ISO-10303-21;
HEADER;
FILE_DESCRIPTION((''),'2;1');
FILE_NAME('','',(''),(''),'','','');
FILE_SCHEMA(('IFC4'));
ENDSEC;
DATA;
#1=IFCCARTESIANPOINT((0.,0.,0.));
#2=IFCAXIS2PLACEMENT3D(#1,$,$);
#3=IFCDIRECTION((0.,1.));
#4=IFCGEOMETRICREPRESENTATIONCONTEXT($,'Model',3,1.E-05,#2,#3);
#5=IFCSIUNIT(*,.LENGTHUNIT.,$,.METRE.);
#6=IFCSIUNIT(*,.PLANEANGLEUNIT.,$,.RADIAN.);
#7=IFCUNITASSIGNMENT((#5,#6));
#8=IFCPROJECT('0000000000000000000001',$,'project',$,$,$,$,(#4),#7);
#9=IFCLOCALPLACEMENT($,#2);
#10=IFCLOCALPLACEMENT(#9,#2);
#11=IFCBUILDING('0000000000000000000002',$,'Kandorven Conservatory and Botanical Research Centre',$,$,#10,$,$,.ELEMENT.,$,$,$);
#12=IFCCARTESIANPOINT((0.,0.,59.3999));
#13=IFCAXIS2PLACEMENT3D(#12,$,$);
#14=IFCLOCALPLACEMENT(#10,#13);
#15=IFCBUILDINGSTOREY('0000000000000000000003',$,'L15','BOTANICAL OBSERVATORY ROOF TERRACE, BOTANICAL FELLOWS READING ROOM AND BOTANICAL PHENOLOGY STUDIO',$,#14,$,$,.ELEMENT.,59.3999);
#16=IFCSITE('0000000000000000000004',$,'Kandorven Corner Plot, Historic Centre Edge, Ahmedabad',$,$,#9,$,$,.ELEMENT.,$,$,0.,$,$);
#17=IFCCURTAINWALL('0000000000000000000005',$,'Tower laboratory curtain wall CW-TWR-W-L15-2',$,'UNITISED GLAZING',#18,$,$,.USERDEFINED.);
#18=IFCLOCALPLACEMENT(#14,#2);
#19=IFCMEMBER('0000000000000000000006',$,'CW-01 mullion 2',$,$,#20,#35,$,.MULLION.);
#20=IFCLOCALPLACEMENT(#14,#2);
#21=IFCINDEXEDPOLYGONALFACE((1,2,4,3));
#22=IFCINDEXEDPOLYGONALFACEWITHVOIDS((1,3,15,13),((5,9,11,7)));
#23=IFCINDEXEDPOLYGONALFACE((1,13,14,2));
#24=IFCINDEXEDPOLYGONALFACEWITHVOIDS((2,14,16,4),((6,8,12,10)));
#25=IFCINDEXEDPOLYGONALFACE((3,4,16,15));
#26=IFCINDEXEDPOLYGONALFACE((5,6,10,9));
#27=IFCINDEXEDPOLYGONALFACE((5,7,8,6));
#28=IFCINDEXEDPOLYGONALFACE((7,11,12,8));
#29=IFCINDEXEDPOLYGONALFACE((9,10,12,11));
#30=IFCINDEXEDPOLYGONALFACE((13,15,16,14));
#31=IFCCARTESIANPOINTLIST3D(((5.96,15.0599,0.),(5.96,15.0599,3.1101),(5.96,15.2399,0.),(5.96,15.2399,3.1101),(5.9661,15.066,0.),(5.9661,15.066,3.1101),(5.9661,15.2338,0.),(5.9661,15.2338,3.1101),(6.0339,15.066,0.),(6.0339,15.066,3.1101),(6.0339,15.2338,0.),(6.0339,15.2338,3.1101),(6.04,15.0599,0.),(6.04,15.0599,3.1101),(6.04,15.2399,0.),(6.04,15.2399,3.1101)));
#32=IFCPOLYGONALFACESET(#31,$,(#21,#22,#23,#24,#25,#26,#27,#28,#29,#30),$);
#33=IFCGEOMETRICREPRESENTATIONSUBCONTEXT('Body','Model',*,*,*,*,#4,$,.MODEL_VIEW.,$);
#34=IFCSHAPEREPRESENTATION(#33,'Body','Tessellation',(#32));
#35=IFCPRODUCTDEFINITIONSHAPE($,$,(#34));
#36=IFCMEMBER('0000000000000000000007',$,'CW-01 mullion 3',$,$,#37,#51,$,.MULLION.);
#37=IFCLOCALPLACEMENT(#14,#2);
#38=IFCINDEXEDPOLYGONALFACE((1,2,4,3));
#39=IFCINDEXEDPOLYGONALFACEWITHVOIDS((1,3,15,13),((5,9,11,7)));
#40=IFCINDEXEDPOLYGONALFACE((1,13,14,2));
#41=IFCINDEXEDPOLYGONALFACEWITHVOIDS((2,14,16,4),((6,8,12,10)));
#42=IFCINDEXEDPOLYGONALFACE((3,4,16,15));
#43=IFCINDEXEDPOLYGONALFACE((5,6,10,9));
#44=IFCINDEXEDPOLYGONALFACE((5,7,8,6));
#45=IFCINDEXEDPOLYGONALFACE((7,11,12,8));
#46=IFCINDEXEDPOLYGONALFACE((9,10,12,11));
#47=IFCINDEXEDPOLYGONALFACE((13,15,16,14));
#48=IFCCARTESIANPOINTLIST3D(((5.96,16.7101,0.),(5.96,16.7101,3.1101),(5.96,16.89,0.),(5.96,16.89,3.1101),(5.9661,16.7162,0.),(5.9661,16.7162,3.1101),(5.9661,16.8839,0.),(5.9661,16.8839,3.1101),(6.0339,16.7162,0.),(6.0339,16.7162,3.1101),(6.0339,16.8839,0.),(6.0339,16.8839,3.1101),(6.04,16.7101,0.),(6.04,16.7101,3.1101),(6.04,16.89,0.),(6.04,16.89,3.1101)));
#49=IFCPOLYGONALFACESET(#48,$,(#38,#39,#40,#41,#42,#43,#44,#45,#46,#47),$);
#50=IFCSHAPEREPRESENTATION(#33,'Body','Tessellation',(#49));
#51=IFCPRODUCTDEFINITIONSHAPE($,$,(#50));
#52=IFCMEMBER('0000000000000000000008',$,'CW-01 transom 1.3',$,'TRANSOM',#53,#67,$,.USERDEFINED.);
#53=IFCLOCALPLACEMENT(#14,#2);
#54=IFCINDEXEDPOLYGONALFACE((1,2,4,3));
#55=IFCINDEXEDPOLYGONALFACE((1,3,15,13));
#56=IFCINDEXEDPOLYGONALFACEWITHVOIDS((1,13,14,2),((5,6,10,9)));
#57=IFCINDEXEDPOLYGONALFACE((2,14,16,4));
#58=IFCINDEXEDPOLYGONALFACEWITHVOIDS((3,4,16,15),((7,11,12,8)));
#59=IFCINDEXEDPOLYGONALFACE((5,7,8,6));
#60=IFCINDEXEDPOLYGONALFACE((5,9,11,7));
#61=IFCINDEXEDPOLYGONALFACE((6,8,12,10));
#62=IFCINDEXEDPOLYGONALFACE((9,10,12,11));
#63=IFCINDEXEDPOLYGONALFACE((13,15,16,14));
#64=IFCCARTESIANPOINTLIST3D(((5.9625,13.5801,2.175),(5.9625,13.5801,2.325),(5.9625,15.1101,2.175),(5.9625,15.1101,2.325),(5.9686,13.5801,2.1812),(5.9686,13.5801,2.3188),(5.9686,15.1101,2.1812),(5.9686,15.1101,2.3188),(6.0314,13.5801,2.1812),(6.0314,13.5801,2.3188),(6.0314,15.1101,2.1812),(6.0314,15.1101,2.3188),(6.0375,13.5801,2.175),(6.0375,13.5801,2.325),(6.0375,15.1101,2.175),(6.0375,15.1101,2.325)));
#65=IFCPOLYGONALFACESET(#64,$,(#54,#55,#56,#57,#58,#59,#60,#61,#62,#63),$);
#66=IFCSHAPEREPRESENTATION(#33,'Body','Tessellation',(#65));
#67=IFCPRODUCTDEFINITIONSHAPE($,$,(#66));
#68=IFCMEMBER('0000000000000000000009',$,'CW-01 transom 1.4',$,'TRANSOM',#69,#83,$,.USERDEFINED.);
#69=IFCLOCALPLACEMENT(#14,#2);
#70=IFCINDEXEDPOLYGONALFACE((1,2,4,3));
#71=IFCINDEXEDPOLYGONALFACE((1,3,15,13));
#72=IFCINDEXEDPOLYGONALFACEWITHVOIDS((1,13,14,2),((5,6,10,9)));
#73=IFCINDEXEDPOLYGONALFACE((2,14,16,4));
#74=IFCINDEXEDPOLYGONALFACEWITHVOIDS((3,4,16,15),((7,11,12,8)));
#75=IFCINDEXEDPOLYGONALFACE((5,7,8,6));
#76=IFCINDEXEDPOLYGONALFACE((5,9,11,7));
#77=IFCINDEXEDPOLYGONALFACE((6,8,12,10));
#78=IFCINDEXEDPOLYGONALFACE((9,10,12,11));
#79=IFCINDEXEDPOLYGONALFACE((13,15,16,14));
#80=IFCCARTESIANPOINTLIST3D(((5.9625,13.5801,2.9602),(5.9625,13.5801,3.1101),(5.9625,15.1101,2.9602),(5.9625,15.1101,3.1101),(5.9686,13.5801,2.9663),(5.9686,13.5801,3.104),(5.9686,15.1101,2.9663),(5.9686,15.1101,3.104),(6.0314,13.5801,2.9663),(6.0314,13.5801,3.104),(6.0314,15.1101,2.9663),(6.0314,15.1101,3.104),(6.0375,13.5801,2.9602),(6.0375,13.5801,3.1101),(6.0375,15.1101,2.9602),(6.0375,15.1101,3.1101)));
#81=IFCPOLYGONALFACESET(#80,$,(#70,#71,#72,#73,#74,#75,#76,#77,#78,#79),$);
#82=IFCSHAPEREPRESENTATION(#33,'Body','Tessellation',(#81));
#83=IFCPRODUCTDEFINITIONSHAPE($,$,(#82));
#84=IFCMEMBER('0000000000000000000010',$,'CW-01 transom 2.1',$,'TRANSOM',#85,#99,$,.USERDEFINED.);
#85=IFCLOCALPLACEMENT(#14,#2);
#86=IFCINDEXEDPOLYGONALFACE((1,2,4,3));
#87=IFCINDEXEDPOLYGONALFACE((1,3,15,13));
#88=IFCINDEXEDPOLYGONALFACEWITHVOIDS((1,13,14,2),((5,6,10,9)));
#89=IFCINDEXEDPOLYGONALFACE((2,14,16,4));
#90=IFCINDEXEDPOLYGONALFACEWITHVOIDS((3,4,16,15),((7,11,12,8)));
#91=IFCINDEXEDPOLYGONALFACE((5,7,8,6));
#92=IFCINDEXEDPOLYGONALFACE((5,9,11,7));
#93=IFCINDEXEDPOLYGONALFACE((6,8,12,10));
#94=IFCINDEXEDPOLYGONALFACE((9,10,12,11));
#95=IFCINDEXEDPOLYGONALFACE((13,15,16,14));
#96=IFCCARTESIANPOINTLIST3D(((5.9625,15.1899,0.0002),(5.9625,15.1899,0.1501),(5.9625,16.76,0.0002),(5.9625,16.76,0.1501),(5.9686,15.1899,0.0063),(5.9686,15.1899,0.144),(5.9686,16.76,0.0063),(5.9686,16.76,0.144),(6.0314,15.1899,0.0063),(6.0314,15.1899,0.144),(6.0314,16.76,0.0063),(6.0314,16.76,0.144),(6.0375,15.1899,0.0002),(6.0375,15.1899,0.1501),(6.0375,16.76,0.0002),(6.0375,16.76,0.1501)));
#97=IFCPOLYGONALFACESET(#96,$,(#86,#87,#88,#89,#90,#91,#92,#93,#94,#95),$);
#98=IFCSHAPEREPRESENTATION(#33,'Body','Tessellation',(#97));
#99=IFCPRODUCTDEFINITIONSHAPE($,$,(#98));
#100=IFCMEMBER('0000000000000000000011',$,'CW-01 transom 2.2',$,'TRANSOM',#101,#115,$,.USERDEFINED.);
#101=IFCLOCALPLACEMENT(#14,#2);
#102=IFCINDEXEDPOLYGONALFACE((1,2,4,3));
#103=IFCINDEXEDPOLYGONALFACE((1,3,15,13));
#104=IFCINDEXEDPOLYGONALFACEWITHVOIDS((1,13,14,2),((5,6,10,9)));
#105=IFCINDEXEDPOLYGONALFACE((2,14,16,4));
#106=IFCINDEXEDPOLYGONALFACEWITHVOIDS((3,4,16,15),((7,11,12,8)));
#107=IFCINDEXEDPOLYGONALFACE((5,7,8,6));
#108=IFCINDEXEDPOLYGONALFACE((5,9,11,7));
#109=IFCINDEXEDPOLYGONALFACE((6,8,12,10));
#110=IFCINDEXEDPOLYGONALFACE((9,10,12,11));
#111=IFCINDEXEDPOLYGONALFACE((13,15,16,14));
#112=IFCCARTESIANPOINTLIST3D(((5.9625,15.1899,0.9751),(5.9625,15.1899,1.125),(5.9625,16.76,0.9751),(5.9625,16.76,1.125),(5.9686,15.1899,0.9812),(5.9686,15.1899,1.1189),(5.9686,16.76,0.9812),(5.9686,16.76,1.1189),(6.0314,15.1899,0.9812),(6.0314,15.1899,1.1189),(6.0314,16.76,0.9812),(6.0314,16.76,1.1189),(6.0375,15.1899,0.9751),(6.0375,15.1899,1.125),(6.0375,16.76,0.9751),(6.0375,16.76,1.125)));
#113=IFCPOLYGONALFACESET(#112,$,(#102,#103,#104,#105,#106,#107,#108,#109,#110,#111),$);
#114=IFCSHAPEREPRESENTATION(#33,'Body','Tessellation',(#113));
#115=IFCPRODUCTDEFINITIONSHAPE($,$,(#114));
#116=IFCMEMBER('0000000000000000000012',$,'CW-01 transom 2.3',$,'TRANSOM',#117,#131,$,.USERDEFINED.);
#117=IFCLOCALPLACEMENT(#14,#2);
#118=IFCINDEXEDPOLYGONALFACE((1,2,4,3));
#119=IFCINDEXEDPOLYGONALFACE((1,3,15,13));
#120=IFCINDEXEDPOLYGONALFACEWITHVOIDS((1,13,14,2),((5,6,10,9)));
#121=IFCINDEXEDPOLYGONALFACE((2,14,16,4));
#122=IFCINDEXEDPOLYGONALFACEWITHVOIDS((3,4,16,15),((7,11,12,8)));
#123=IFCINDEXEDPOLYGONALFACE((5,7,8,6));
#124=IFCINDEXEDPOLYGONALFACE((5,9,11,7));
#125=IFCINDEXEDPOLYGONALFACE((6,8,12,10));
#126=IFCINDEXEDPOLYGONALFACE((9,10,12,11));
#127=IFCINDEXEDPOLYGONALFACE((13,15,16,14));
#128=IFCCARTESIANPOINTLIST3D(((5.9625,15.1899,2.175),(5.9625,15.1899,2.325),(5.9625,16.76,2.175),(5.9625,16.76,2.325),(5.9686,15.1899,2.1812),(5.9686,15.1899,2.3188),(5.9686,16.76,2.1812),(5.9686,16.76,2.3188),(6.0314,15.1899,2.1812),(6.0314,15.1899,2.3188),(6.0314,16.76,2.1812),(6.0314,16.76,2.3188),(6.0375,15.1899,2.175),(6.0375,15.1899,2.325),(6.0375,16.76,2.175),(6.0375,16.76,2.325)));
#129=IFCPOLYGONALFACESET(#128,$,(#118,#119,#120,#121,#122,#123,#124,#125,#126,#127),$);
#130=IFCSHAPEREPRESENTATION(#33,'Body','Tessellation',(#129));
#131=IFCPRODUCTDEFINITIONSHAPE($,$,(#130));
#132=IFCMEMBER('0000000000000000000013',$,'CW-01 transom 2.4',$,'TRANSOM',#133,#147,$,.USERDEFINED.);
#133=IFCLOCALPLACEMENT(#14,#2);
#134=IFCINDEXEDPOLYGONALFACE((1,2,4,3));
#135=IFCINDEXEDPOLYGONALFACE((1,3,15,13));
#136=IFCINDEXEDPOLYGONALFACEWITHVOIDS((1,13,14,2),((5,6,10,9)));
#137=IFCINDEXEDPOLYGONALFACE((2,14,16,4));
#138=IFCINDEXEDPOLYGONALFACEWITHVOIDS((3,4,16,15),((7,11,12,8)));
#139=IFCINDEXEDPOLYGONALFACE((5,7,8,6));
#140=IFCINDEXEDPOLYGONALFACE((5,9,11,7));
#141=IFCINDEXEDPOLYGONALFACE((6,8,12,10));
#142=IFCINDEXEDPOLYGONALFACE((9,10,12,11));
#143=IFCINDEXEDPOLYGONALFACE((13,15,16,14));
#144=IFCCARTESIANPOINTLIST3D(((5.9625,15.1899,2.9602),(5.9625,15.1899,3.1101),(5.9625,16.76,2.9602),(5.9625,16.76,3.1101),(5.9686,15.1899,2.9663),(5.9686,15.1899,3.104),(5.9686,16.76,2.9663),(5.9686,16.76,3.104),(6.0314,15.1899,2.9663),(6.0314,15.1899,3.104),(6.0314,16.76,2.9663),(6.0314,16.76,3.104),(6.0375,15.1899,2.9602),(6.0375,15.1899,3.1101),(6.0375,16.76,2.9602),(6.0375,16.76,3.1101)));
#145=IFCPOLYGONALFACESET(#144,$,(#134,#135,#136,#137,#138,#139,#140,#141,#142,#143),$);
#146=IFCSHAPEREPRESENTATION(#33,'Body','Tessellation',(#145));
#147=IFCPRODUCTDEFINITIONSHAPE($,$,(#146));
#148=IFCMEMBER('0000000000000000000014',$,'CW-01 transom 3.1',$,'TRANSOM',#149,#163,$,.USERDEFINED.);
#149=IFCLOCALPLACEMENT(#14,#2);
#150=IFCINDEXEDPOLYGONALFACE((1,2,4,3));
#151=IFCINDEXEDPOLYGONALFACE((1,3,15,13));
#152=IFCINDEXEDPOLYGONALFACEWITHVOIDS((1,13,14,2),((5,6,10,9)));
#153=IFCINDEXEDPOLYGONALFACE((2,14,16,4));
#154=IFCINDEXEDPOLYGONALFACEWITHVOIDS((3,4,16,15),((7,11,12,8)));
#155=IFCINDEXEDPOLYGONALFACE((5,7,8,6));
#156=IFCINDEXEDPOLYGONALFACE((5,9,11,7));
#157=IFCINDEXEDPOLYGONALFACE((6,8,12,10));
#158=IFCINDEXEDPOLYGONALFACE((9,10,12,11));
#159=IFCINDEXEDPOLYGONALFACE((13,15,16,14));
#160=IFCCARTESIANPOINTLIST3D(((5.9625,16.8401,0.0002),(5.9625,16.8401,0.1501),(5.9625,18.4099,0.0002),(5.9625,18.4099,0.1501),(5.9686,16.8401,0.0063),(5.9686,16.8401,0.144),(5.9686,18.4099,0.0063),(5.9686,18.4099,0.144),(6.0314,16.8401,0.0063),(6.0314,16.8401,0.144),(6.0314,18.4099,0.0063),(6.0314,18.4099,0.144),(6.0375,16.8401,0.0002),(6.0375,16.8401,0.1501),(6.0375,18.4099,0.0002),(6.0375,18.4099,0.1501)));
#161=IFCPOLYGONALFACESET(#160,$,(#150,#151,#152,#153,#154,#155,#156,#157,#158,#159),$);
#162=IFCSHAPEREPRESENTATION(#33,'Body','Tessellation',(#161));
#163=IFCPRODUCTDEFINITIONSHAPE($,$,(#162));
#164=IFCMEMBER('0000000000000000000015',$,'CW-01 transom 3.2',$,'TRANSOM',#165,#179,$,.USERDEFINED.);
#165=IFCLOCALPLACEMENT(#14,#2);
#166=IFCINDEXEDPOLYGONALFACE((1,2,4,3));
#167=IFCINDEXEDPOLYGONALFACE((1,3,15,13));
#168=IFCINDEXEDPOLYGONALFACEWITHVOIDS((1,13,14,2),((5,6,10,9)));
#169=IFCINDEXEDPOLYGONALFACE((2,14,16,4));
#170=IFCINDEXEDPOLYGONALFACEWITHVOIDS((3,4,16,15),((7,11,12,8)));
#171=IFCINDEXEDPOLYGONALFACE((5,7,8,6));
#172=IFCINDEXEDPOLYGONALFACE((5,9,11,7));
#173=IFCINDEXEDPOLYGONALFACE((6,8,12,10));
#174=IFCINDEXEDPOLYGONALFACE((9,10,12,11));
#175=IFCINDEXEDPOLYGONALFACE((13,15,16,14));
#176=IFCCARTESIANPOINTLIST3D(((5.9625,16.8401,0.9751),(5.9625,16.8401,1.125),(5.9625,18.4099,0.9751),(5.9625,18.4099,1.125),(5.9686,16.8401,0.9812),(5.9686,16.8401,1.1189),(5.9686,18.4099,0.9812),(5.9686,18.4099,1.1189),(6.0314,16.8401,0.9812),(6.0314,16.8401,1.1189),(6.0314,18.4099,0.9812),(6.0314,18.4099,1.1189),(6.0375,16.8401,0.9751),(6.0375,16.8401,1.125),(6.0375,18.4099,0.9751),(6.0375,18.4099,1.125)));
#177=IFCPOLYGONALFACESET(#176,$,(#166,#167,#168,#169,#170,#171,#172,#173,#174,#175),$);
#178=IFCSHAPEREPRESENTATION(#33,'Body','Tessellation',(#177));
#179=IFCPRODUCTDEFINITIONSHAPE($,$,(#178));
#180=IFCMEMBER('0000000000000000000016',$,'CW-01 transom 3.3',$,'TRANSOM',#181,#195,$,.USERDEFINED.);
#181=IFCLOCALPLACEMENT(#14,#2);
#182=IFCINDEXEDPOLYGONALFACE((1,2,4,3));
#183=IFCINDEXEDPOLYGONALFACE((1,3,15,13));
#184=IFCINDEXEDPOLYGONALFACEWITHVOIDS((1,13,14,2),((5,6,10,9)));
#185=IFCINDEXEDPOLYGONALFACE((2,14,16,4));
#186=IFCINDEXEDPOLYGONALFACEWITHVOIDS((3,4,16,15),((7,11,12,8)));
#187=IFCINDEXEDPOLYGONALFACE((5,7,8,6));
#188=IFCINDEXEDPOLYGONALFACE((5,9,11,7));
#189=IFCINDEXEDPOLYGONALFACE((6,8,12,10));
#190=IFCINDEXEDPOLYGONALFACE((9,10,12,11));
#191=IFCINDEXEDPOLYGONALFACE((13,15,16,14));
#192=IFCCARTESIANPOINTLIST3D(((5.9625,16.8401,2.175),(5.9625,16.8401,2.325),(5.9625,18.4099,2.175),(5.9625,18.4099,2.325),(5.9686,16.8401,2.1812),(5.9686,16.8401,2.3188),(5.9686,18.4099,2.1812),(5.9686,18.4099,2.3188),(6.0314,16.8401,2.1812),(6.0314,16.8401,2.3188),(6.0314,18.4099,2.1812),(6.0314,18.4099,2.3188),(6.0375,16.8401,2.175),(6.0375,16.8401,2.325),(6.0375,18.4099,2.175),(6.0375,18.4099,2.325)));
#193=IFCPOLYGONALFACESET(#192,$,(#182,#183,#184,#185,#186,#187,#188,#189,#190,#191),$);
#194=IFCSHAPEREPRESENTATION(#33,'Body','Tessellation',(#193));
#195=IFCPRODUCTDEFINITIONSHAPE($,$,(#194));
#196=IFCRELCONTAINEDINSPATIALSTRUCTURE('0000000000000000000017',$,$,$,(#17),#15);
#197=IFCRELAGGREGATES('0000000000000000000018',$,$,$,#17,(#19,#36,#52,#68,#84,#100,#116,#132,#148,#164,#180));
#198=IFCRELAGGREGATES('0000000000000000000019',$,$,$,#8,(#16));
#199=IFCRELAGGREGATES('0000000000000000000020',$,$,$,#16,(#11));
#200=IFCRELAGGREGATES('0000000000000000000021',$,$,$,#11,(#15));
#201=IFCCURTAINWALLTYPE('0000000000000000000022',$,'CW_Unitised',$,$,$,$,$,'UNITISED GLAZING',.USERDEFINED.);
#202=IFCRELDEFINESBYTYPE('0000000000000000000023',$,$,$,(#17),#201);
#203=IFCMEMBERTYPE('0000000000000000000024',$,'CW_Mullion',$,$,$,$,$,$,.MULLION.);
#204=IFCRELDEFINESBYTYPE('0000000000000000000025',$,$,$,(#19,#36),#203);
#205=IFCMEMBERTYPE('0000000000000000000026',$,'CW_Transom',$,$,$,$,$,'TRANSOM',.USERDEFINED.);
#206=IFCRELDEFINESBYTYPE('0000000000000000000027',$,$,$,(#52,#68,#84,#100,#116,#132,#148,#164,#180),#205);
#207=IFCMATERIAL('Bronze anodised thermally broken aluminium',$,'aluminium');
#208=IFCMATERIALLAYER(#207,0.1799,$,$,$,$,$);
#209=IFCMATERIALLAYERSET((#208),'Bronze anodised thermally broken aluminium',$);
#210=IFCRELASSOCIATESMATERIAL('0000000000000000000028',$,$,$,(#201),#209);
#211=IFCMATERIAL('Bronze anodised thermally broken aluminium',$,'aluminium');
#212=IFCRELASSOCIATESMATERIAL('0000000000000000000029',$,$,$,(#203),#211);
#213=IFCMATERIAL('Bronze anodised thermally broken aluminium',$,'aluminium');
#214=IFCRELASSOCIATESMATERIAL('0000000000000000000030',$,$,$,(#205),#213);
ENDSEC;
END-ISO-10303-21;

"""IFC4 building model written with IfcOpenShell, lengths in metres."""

from ifc_helpers import new_model, si_unit, direction, frame, origin, origin_2d, place, context, subcontext, project, spatial, hollow_rectangle, extrude, material, layer, layer_set, material_profile, profile_set, type_object, element, aggregate, save


model = new_model("IFC4")

# Units and contexts
model_context = context("Model", 3, precision=1e-05, world=origin(), true_north=direction((0.0, 1.0)))
body_context = subcontext(model_context, "Body", "Model", "MODEL_VIEW")
ifc_project = project(units=[si_unit("LENGTHUNIT", "METRE"), si_unit("PLANEANGLEUNIT", "RADIAN")], contexts=[model_context])

# Site, building, storey
site_placement = place(None, origin())
site = spatial("IfcSite", under=ifc_project, at=site_placement, Name="Kandorven Corner Plot, Historic Centre Edge, Ahmedabad", CompositionType="ELEMENT", RefElevation=0.0)
building_placement = place(site_placement, origin())
building = spatial("IfcBuilding", under=site, at=building_placement, Name="Kandorven Conservatory and Botanical Research Centre", CompositionType="ELEMENT")
storey_placement = place(building_placement, frame((0.0, 0.0, 59.3999)))
storey = spatial("IfcBuildingStorey", under=building, at=storey_placement, Name="L15", Description="BOTANICAL OBSERVATORY ROOF TERRACE, BOTANICAL FELLOWS READING ROOM AND BOTANICAL PHENOLOGY STUDIO", CompositionType="ELEMENT", Elevation=59.3999)

# Curtain wall, members
ifc_material_1 = material(Name="Bronze anodised thermally broken aluminium", Category="aluminium")
ifc_layer_1 = layer(ifc_material_1, 0.1799)
ifc_layer_set_1 = layer_set([ifc_layer_1], Name="Bronze anodised thermally broken aluminium")
curtain_wall_type = type_object("IfcCurtainWallType", Name="CW_Unitised", ElementType="UNITISED GLAZING", PredefinedType="USERDEFINED", material=ifc_layer_set_1)
curtain_wall_placement = place(storey_placement, origin())
curtain_wall = element("IfcCurtainWall", 1, at=curtain_wall_placement, inside=storey, type_object=curtain_wall_type, Name="Tower laboratory curtain wall CW-TWR-W-L15-2", ObjectType="UNITISED GLAZING", PredefinedType="USERDEFINED")
ifc_material_2 = material(Name="Bronze anodised thermally broken aluminium", Category="aluminium")
ifc_material_profile_1 = material_profile(ifc_material_2, hollow_rectangle(XDim=0.0801, YDim=0.1799, WallThickness=0.0061, at=origin_2d()))
ifc_profile_set_1 = profile_set([ifc_material_profile_1], Name="Bronze anodised thermally broken aluminium")
member_type_1 = type_object("IfcMemberType", Name="CW_Mullion", PredefinedType="MULLION", material=ifc_profile_set_1)
member_1_placement = place(storey_placement, frame((6.0, 15.1499, 0.0), z_axis=(0.0, 0.0, 1.0), x_axis=(-1.0, 0.0, 0.0)))
member_1 = element("IfcMember", 2, at=member_1_placement, type_object=member_type_1, Name="CW-01 mullion 2", PredefinedType="MULLION", context=body_context, shape_type="SweptSolid", body=[
    extrude(hollow_rectangle(XDim=0.0801, YDim=0.1799, WallThickness=0.0061, at=origin_2d()), origin(), (0.0, 0.0, 1.0), 3.1101),
])
member_2_placement = place(storey_placement, frame((6.0, 16.8, 0.0), z_axis=(0.0, 0.0, 1.0), x_axis=(-1.0, 0.0, 0.0)))
member_2 = element("IfcMember", 3, at=member_2_placement, type_object=member_type_1, Name="CW-01 mullion 3", PredefinedType="MULLION", context=body_context, shape_type="SweptSolid", body=[
    extrude(hollow_rectangle(XDim=0.0801, YDim=0.1799, WallThickness=0.0061, at=origin_2d()), origin(), (0.0, 0.0, 1.0), 3.1101),
])
ifc_material_3 = material(Name="Bronze anodised thermally broken aluminium", Category="aluminium")
ifc_material_profile_2 = material_profile(ifc_material_3, hollow_rectangle(XDim=0.075, YDim=0.1499, WallThickness=0.0061, at=origin_2d()))
ifc_profile_set_2 = profile_set([ifc_material_profile_2], Name="Bronze anodised thermally broken aluminium")
member_type_2 = type_object("IfcMemberType", Name="CW_Transom", ElementType="TRANSOM", PredefinedType="USERDEFINED", material=ifc_profile_set_2)
member_3_placement = place(storey_placement, frame((6.0, 13.5801, 2.25), z_axis=(0.0, 1.0, 0.0), x_axis=(-1.0, 0.0, 0.0)))
member_3 = element("IfcMember", 4, at=member_3_placement, type_object=member_type_2, Name="CW-01 transom 1.3", ObjectType="TRANSOM", PredefinedType="USERDEFINED", context=body_context, shape_type="SweptSolid", body=[
    extrude(hollow_rectangle(XDim=0.075, YDim=0.1499, WallThickness=0.0061, at=origin_2d()), origin(), (0.0, 0.0, 1.0), 1.53),
])
member_4_placement = place(storey_placement, frame((6.0, 13.5801, 3.0352), z_axis=(0.0, 1.0, 0.0), x_axis=(-1.0, 0.0, 0.0)))
member_4 = element("IfcMember", 5, at=member_4_placement, type_object=member_type_2, Name="CW-01 transom 1.4", ObjectType="TRANSOM", PredefinedType="USERDEFINED", context=body_context, shape_type="SweptSolid", body=[
    extrude(hollow_rectangle(XDim=0.075, YDim=0.1499, WallThickness=0.0061, at=origin_2d()), origin(), (0.0, 0.0, 1.0), 1.53),
])
member_5_placement = place(storey_placement, frame((6.0, 15.1899, 0.0752), z_axis=(0.0, 1.0, 0.0), x_axis=(-1.0, 0.0, 0.0)))
member_5 = element("IfcMember", 6, at=member_5_placement, type_object=member_type_2, Name="CW-01 transom 2.1", ObjectType="TRANSOM", PredefinedType="USERDEFINED", context=body_context, shape_type="SweptSolid", body=[
    extrude(hollow_rectangle(XDim=0.075, YDim=0.1499, WallThickness=0.0061, at=origin_2d()), origin(), (0.0, 0.0, 1.0), 1.5701),
])
member_6_placement = place(storey_placement, frame((6.0, 15.1899, 1.05), z_axis=(0.0, 1.0, 0.0), x_axis=(-1.0, 0.0, 0.0)))
member_6 = element("IfcMember", 7, at=member_6_placement, type_object=member_type_2, Name="CW-01 transom 2.2", ObjectType="TRANSOM", PredefinedType="USERDEFINED", context=body_context, shape_type="SweptSolid", body=[
    extrude(hollow_rectangle(XDim=0.075, YDim=0.1499, WallThickness=0.0061, at=origin_2d()), origin(), (0.0, 0.0, 1.0), 1.5701),
])
member_7_placement = place(storey_placement, frame((6.0, 15.1899, 2.25), z_axis=(0.0, 1.0, 0.0), x_axis=(-1.0, 0.0, 0.0)))
member_7 = element("IfcMember", 8, at=member_7_placement, type_object=member_type_2, Name="CW-01 transom 2.3", ObjectType="TRANSOM", PredefinedType="USERDEFINED", context=body_context, shape_type="SweptSolid", body=[
    extrude(hollow_rectangle(XDim=0.075, YDim=0.1499, WallThickness=0.0061, at=origin_2d()), origin(), (0.0, 0.0, 1.0), 1.5701),
])
member_8_placement = place(storey_placement, frame((6.0, 15.1899, 3.0352), z_axis=(0.0, 1.0, 0.0), x_axis=(-1.0, 0.0, 0.0)))
member_8 = element("IfcMember", 9, at=member_8_placement, type_object=member_type_2, Name="CW-01 transom 2.4", ObjectType="TRANSOM", PredefinedType="USERDEFINED", context=body_context, shape_type="SweptSolid", body=[
    extrude(hollow_rectangle(XDim=0.075, YDim=0.1499, WallThickness=0.0061, at=origin_2d()), origin(), (0.0, 0.0, 1.0), 1.5701),
])
member_9_placement = place(storey_placement, frame((6.0, 16.8401, 0.0752), z_axis=(0.0, 1.0, 0.0), x_axis=(-1.0, 0.0, 0.0)))
member_9 = element("IfcMember", 10, at=member_9_placement, type_object=member_type_2, Name="CW-01 transom 3.1", ObjectType="TRANSOM", PredefinedType="USERDEFINED", context=body_context, shape_type="SweptSolid", body=[
    extrude(hollow_rectangle(XDim=0.075, YDim=0.1499, WallThickness=0.0061, at=origin_2d()), origin(), (0.0, 0.0, 1.0), 1.5698),
])
member_10_placement = place(storey_placement, frame((6.0, 16.8401, 1.05), z_axis=(0.0, 1.0, 0.0), x_axis=(-1.0, 0.0, 0.0)))
member_10 = element("IfcMember", 11, at=member_10_placement, type_object=member_type_2, Name="CW-01 transom 3.2", ObjectType="TRANSOM", PredefinedType="USERDEFINED", context=body_context, shape_type="SweptSolid", body=[
    extrude(hollow_rectangle(XDim=0.075, YDim=0.1499, WallThickness=0.0061, at=origin_2d()), origin(), (0.0, 0.0, 1.0), 1.5698),
])
member_11_placement = place(storey_placement, frame((6.0, 16.8401, 2.25), z_axis=(0.0, 1.0, 0.0), x_axis=(-1.0, 0.0, 0.0)))
member_11 = element("IfcMember", 12, at=member_11_placement, type_object=member_type_2, Name="CW-01 transom 3.3", ObjectType="TRANSOM", PredefinedType="USERDEFINED", context=body_context, shape_type="SweptSolid", body=[
    extrude(hollow_rectangle(XDim=0.075, YDim=0.1499, WallThickness=0.0061, at=origin_2d()), origin(), (0.0, 0.0, 1.0), 1.5698),
])
aggregate(curtain_wall, [member_1, member_2, member_3, member_4, member_5, member_6, member_7, member_8, member_9, member_10, member_11])

save(model, "model.ifc")
